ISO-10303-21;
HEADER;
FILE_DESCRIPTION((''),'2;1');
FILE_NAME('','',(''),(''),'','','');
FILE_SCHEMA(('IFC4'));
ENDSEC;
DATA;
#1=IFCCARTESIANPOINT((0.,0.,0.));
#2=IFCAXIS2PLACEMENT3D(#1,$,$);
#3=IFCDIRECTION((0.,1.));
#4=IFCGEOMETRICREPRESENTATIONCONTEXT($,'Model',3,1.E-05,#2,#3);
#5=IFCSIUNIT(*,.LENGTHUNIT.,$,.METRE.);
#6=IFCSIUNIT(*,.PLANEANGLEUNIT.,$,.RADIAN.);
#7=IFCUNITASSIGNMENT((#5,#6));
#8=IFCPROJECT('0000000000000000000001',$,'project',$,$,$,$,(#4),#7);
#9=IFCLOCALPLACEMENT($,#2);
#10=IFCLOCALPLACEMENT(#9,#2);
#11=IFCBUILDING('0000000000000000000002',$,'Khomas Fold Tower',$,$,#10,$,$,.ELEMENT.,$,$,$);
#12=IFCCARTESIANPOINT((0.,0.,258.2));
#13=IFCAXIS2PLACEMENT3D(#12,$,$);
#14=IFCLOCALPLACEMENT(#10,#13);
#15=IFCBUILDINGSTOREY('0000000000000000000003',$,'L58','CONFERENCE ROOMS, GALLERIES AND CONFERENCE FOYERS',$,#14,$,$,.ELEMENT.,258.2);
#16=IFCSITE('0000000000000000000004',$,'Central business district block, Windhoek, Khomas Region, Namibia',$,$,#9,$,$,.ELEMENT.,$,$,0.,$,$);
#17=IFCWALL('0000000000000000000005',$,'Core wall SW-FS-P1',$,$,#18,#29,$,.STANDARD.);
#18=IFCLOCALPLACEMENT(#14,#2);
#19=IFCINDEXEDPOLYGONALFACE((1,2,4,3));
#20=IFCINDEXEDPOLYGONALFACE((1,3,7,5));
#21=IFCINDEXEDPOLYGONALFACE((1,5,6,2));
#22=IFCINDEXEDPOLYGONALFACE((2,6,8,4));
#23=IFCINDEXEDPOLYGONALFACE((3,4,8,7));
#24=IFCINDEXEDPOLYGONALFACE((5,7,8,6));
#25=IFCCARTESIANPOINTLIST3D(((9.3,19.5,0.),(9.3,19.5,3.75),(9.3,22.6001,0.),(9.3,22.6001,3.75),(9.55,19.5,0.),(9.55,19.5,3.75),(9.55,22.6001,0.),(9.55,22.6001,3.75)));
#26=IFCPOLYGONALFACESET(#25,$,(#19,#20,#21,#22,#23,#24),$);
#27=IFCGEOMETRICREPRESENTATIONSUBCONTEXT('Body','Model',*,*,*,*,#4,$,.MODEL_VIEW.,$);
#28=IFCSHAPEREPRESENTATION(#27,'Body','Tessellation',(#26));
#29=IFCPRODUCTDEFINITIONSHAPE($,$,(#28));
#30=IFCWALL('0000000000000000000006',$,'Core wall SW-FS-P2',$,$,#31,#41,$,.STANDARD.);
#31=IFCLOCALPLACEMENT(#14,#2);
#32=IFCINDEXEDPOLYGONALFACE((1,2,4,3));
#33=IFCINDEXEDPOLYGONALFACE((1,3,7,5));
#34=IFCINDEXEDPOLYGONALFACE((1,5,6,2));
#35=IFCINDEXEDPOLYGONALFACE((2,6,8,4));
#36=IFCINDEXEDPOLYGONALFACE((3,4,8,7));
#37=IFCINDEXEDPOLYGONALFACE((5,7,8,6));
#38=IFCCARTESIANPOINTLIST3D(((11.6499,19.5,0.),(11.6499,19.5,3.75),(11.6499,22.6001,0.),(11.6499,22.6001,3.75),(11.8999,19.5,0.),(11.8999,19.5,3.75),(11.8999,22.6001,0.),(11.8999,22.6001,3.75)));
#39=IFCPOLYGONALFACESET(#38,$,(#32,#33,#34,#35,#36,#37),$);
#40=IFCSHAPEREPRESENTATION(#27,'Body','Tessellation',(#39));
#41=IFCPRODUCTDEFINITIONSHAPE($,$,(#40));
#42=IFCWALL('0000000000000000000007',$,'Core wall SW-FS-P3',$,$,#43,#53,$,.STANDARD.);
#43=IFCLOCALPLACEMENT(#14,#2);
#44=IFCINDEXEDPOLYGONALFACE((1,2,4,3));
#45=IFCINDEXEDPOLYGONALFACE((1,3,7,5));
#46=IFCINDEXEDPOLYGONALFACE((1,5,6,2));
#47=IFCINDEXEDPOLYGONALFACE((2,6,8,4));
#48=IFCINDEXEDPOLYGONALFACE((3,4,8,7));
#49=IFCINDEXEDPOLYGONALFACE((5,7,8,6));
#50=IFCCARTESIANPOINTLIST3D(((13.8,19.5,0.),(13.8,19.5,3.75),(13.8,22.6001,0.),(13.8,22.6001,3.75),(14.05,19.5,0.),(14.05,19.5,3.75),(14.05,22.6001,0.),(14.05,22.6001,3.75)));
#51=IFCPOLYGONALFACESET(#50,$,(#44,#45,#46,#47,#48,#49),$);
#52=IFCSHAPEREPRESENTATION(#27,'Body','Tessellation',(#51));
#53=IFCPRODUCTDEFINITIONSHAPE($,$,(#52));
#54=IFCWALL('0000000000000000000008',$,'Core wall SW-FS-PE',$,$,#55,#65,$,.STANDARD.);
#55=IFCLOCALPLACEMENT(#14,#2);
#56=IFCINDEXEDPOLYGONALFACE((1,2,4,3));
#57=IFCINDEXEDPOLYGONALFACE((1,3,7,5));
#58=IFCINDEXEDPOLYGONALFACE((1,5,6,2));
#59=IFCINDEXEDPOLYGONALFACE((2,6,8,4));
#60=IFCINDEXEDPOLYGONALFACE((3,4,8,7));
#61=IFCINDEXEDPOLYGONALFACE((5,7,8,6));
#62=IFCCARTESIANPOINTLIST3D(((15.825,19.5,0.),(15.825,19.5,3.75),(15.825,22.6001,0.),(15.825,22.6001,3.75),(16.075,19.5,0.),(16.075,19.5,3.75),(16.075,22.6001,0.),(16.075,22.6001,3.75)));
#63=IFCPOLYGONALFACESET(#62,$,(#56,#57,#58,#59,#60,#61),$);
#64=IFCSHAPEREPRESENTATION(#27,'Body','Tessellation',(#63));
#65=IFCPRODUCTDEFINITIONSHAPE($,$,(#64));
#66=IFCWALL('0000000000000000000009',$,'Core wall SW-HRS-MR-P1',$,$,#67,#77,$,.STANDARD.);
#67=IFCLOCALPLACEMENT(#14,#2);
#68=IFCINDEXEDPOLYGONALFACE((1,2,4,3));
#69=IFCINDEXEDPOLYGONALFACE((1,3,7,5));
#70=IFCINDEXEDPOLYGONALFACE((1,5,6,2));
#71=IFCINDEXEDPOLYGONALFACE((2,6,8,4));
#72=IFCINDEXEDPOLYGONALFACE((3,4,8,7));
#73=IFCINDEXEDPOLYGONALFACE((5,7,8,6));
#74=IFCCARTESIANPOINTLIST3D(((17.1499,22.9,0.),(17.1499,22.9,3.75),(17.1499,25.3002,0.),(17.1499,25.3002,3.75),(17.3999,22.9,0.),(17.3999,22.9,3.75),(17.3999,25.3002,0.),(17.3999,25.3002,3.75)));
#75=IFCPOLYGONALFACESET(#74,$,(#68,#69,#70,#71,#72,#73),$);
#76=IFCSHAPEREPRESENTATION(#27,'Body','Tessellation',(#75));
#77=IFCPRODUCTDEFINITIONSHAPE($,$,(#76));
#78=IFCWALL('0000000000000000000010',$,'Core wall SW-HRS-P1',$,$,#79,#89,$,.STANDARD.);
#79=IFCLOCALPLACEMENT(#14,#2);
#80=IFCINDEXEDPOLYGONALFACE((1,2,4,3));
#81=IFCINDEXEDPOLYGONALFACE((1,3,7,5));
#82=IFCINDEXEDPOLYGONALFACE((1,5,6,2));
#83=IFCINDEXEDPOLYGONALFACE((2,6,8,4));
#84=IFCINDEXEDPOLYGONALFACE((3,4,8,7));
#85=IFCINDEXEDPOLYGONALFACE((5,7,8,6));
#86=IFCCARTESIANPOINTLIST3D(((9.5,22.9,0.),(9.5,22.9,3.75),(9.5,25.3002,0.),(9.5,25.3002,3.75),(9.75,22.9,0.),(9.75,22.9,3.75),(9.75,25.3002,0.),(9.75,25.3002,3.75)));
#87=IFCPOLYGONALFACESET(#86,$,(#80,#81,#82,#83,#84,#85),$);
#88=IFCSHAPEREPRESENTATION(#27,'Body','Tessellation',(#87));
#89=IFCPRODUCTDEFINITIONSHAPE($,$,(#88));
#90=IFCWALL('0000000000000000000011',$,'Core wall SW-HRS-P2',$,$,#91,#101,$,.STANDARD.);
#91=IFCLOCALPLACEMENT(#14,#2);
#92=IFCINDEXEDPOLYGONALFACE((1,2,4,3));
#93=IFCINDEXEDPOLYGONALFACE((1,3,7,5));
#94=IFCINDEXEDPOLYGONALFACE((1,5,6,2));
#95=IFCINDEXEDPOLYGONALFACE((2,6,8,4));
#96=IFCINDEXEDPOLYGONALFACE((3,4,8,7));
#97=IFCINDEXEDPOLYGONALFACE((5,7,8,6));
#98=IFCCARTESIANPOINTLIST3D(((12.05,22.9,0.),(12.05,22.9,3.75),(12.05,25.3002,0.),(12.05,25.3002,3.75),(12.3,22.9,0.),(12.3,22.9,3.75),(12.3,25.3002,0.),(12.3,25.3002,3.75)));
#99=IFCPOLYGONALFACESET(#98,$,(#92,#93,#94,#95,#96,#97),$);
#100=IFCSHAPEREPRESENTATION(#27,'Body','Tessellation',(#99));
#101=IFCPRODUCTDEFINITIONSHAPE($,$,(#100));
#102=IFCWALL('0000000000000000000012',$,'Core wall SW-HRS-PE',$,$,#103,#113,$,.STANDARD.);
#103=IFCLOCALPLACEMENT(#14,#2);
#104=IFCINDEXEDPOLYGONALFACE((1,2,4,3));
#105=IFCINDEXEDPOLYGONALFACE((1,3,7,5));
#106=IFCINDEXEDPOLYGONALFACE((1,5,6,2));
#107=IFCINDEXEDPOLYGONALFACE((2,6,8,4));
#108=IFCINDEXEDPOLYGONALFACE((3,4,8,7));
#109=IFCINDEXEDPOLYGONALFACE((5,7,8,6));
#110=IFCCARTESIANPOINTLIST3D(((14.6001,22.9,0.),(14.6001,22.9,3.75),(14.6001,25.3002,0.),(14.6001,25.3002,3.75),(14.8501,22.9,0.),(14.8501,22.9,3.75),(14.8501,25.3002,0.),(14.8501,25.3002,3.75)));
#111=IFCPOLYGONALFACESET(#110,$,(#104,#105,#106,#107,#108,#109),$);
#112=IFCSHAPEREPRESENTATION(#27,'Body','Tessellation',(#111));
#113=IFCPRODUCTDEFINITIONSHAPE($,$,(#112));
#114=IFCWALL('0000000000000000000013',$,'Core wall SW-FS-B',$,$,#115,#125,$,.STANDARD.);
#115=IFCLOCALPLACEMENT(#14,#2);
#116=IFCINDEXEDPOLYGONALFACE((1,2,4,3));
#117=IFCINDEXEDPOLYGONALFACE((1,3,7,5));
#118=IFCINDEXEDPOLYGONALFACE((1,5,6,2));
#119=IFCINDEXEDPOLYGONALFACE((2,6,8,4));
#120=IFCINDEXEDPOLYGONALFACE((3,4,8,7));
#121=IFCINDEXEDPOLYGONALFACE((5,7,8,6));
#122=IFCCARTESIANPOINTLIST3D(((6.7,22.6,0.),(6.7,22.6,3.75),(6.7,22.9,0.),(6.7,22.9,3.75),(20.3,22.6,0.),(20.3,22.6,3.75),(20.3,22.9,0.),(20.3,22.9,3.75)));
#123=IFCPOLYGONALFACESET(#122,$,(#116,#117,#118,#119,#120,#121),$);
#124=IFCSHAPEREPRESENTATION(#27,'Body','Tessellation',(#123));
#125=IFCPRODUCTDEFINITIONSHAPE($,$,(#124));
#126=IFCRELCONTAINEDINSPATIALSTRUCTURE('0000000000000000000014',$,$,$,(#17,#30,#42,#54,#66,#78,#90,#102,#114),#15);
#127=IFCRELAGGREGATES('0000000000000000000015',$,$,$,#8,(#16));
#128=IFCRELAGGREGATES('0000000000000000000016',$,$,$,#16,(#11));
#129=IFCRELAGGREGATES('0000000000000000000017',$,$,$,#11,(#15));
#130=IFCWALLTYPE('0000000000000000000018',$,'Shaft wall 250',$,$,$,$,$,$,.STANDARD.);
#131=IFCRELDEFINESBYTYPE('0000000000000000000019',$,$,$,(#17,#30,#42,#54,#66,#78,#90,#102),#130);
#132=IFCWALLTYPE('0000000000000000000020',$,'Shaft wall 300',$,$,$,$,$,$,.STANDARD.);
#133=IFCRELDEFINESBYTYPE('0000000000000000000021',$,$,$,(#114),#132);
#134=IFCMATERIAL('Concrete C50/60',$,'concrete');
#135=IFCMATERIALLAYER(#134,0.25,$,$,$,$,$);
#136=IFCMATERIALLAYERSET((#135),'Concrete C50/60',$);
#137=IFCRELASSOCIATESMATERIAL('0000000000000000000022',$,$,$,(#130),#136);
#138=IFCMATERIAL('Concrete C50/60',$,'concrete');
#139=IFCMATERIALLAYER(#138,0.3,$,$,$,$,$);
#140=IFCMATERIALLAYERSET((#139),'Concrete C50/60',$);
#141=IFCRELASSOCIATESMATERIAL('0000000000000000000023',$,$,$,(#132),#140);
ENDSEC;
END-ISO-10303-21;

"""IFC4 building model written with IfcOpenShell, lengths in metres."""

from ifc_helpers import new_model, si_unit, direction, frame, frame_2d, origin, place, context, subcontext, project, spatial, rectangle, extrude, source, transform, mapped, material, layer, layer_set, type_object, element, save


model = new_model("IFC4")

# Units and contexts
model_context = context("Model", 3, precision=1e-05, world=origin(), true_north=direction((0.0, 1.0)))
body_context = subcontext(model_context, "Body", "Model", "MODEL_VIEW")
ifc_project = project(units=[si_unit("LENGTHUNIT", "METRE"), si_unit("PLANEANGLEUNIT", "RADIAN")], contexts=[model_context])

# Site, building, storey
site_placement = place(None, origin())
site = spatial("IfcSite", under=ifc_project, at=site_placement, Name="Central business district block, Windhoek, Khomas Region, Namibia", CompositionType="ELEMENT", RefElevation=0.0)
building_placement = place(site_placement, origin())
building = spatial("IfcBuilding", under=site, at=building_placement, Name="Khomas Fold Tower", CompositionType="ELEMENT")
storey_placement = place(building_placement, frame((0.0, 0.0, 258.2)))
storey = spatial("IfcBuildingStorey", under=building, at=storey_placement, Name="L58", Description="CONFERENCE ROOMS, GALLERIES AND CONFERENCE FOYERS", CompositionType="ELEMENT", Elevation=258.2)

# Walls
ifc_material_1 = material(Name="Concrete C50/60", Category="concrete")
ifc_layer_1 = layer(ifc_material_1, 0.25)
ifc_layer_set_1 = layer_set([ifc_layer_1], Name="Concrete C50/60")
wall_type_1 = type_object("IfcWallType", Name="Shaft wall 250", PredefinedType="STANDARD", material=ifc_layer_set_1)
shared_shape_1 = source(origin(), body_context, "Body", "SweptSolid", [
    extrude(rectangle(XDim=3.1001, YDim=0.25, at=frame_2d((1.55, 0.0))), origin(), (0.0, 0.0, 1.0), 3.75),
])
for number, where, z_axis, x_axis, name in (
    (1, (9.425, 19.5, 0.0), (0.0, 0.0, 1.0), (0.0, 1.0, 0.0), "Core wall SW-FS-P1"),
    (2, (11.7749, 19.5, 0.0), (0.0, 0.0, 1.0), (0.0, 1.0, 0.0), "Core wall SW-FS-P2"),
    (3, (13.925, 19.5, 0.0), (0.0, 0.0, 1.0), (0.0, 1.0, 0.0), "Core wall SW-FS-P3"),
    (4, (15.95, 19.5, 0.0), (0.0, 0.0, 1.0), (0.0, 1.0, 0.0), "Core wall SW-FS-PE"),
):
    element("IfcWall", number, at=place(storey_placement, frame(where, z_axis=z_axis, x_axis=x_axis)), inside=storey, type_object=wall_type_1, Name=name, PredefinedType="STANDARD", context=body_context, shape_type="MappedRepresentation", body=[
        mapped(shared_shape_1, transform((0.0, 0.0, 0.0))),
    ])
shared_shape_2 = source(origin(), body_context, "Body", "SweptSolid", [
    extrude(rectangle(XDim=2.4001, YDim=0.25, at=frame_2d((1.2002, 0.0))), origin(), (0.0, 0.0, 1.0), 3.75),
])
for number, where, z_axis, x_axis, name in (
    (5, (17.2749, 22.8999, 0.0), (0.0, 0.0, 1.0), (0.0, 1.0, 0.0), "Core wall SW-HRS-MR-P1"),
    (6, (9.625, 22.8999, 0.0), (0.0, 0.0, 1.0), (0.0, 1.0, 0.0), "Core wall SW-HRS-P1"),
    (7, (12.175, 22.8999, 0.0), (0.0, 0.0, 1.0), (0.0, 1.0, 0.0), "Core wall SW-HRS-P2"),
    (8, (14.7251, 22.8999, 0.0), (0.0, 0.0, 1.0), (0.0, 1.0, 0.0), "Core wall SW-HRS-PE"),
):
    element("IfcWall", number, at=place(storey_placement, frame(where, z_axis=z_axis, x_axis=x_axis)), inside=storey, type_object=wall_type_1, Name=name, PredefinedType="STANDARD", context=body_context, shape_type="MappedRepresentation", body=[
        mapped(shared_shape_2, transform((0.0, 0.0, 0.0))),
    ])
ifc_material_2 = material(Name="Concrete C50/60", Category="concrete")
ifc_layer_2 = layer(ifc_material_2, 0.3)
ifc_layer_set_2 = layer_set([ifc_layer_2], Name="Concrete C50/60")
wall_type_2 = type_object("IfcWallType", Name="Shaft wall 300", PredefinedType="STANDARD", material=ifc_layer_set_2)
shared_shape_3 = source(origin(), body_context, "Body", "SweptSolid", [
    extrude(rectangle(XDim=13.6001, YDim=0.3, at=frame_2d((6.8, 0.0))), origin(), (0.0, 0.0, 1.0), 3.75),
])
wall_1_placement = place(storey_placement, frame((6.7, 22.75, 0.0), z_axis=(0.0, 0.0, 1.0), x_axis=(1.0, 0.0, 0.0)))
element("IfcWall", 9, at=wall_1_placement, inside=storey, type_object=wall_type_2, Name="Core wall SW-FS-B", PredefinedType="STANDARD", context=body_context, shape_type="MappedRepresentation", body=[
    mapped(shared_shape_3, transform((0.0, 0.0, 0.0))),
])

save(model, "model.ifc")
